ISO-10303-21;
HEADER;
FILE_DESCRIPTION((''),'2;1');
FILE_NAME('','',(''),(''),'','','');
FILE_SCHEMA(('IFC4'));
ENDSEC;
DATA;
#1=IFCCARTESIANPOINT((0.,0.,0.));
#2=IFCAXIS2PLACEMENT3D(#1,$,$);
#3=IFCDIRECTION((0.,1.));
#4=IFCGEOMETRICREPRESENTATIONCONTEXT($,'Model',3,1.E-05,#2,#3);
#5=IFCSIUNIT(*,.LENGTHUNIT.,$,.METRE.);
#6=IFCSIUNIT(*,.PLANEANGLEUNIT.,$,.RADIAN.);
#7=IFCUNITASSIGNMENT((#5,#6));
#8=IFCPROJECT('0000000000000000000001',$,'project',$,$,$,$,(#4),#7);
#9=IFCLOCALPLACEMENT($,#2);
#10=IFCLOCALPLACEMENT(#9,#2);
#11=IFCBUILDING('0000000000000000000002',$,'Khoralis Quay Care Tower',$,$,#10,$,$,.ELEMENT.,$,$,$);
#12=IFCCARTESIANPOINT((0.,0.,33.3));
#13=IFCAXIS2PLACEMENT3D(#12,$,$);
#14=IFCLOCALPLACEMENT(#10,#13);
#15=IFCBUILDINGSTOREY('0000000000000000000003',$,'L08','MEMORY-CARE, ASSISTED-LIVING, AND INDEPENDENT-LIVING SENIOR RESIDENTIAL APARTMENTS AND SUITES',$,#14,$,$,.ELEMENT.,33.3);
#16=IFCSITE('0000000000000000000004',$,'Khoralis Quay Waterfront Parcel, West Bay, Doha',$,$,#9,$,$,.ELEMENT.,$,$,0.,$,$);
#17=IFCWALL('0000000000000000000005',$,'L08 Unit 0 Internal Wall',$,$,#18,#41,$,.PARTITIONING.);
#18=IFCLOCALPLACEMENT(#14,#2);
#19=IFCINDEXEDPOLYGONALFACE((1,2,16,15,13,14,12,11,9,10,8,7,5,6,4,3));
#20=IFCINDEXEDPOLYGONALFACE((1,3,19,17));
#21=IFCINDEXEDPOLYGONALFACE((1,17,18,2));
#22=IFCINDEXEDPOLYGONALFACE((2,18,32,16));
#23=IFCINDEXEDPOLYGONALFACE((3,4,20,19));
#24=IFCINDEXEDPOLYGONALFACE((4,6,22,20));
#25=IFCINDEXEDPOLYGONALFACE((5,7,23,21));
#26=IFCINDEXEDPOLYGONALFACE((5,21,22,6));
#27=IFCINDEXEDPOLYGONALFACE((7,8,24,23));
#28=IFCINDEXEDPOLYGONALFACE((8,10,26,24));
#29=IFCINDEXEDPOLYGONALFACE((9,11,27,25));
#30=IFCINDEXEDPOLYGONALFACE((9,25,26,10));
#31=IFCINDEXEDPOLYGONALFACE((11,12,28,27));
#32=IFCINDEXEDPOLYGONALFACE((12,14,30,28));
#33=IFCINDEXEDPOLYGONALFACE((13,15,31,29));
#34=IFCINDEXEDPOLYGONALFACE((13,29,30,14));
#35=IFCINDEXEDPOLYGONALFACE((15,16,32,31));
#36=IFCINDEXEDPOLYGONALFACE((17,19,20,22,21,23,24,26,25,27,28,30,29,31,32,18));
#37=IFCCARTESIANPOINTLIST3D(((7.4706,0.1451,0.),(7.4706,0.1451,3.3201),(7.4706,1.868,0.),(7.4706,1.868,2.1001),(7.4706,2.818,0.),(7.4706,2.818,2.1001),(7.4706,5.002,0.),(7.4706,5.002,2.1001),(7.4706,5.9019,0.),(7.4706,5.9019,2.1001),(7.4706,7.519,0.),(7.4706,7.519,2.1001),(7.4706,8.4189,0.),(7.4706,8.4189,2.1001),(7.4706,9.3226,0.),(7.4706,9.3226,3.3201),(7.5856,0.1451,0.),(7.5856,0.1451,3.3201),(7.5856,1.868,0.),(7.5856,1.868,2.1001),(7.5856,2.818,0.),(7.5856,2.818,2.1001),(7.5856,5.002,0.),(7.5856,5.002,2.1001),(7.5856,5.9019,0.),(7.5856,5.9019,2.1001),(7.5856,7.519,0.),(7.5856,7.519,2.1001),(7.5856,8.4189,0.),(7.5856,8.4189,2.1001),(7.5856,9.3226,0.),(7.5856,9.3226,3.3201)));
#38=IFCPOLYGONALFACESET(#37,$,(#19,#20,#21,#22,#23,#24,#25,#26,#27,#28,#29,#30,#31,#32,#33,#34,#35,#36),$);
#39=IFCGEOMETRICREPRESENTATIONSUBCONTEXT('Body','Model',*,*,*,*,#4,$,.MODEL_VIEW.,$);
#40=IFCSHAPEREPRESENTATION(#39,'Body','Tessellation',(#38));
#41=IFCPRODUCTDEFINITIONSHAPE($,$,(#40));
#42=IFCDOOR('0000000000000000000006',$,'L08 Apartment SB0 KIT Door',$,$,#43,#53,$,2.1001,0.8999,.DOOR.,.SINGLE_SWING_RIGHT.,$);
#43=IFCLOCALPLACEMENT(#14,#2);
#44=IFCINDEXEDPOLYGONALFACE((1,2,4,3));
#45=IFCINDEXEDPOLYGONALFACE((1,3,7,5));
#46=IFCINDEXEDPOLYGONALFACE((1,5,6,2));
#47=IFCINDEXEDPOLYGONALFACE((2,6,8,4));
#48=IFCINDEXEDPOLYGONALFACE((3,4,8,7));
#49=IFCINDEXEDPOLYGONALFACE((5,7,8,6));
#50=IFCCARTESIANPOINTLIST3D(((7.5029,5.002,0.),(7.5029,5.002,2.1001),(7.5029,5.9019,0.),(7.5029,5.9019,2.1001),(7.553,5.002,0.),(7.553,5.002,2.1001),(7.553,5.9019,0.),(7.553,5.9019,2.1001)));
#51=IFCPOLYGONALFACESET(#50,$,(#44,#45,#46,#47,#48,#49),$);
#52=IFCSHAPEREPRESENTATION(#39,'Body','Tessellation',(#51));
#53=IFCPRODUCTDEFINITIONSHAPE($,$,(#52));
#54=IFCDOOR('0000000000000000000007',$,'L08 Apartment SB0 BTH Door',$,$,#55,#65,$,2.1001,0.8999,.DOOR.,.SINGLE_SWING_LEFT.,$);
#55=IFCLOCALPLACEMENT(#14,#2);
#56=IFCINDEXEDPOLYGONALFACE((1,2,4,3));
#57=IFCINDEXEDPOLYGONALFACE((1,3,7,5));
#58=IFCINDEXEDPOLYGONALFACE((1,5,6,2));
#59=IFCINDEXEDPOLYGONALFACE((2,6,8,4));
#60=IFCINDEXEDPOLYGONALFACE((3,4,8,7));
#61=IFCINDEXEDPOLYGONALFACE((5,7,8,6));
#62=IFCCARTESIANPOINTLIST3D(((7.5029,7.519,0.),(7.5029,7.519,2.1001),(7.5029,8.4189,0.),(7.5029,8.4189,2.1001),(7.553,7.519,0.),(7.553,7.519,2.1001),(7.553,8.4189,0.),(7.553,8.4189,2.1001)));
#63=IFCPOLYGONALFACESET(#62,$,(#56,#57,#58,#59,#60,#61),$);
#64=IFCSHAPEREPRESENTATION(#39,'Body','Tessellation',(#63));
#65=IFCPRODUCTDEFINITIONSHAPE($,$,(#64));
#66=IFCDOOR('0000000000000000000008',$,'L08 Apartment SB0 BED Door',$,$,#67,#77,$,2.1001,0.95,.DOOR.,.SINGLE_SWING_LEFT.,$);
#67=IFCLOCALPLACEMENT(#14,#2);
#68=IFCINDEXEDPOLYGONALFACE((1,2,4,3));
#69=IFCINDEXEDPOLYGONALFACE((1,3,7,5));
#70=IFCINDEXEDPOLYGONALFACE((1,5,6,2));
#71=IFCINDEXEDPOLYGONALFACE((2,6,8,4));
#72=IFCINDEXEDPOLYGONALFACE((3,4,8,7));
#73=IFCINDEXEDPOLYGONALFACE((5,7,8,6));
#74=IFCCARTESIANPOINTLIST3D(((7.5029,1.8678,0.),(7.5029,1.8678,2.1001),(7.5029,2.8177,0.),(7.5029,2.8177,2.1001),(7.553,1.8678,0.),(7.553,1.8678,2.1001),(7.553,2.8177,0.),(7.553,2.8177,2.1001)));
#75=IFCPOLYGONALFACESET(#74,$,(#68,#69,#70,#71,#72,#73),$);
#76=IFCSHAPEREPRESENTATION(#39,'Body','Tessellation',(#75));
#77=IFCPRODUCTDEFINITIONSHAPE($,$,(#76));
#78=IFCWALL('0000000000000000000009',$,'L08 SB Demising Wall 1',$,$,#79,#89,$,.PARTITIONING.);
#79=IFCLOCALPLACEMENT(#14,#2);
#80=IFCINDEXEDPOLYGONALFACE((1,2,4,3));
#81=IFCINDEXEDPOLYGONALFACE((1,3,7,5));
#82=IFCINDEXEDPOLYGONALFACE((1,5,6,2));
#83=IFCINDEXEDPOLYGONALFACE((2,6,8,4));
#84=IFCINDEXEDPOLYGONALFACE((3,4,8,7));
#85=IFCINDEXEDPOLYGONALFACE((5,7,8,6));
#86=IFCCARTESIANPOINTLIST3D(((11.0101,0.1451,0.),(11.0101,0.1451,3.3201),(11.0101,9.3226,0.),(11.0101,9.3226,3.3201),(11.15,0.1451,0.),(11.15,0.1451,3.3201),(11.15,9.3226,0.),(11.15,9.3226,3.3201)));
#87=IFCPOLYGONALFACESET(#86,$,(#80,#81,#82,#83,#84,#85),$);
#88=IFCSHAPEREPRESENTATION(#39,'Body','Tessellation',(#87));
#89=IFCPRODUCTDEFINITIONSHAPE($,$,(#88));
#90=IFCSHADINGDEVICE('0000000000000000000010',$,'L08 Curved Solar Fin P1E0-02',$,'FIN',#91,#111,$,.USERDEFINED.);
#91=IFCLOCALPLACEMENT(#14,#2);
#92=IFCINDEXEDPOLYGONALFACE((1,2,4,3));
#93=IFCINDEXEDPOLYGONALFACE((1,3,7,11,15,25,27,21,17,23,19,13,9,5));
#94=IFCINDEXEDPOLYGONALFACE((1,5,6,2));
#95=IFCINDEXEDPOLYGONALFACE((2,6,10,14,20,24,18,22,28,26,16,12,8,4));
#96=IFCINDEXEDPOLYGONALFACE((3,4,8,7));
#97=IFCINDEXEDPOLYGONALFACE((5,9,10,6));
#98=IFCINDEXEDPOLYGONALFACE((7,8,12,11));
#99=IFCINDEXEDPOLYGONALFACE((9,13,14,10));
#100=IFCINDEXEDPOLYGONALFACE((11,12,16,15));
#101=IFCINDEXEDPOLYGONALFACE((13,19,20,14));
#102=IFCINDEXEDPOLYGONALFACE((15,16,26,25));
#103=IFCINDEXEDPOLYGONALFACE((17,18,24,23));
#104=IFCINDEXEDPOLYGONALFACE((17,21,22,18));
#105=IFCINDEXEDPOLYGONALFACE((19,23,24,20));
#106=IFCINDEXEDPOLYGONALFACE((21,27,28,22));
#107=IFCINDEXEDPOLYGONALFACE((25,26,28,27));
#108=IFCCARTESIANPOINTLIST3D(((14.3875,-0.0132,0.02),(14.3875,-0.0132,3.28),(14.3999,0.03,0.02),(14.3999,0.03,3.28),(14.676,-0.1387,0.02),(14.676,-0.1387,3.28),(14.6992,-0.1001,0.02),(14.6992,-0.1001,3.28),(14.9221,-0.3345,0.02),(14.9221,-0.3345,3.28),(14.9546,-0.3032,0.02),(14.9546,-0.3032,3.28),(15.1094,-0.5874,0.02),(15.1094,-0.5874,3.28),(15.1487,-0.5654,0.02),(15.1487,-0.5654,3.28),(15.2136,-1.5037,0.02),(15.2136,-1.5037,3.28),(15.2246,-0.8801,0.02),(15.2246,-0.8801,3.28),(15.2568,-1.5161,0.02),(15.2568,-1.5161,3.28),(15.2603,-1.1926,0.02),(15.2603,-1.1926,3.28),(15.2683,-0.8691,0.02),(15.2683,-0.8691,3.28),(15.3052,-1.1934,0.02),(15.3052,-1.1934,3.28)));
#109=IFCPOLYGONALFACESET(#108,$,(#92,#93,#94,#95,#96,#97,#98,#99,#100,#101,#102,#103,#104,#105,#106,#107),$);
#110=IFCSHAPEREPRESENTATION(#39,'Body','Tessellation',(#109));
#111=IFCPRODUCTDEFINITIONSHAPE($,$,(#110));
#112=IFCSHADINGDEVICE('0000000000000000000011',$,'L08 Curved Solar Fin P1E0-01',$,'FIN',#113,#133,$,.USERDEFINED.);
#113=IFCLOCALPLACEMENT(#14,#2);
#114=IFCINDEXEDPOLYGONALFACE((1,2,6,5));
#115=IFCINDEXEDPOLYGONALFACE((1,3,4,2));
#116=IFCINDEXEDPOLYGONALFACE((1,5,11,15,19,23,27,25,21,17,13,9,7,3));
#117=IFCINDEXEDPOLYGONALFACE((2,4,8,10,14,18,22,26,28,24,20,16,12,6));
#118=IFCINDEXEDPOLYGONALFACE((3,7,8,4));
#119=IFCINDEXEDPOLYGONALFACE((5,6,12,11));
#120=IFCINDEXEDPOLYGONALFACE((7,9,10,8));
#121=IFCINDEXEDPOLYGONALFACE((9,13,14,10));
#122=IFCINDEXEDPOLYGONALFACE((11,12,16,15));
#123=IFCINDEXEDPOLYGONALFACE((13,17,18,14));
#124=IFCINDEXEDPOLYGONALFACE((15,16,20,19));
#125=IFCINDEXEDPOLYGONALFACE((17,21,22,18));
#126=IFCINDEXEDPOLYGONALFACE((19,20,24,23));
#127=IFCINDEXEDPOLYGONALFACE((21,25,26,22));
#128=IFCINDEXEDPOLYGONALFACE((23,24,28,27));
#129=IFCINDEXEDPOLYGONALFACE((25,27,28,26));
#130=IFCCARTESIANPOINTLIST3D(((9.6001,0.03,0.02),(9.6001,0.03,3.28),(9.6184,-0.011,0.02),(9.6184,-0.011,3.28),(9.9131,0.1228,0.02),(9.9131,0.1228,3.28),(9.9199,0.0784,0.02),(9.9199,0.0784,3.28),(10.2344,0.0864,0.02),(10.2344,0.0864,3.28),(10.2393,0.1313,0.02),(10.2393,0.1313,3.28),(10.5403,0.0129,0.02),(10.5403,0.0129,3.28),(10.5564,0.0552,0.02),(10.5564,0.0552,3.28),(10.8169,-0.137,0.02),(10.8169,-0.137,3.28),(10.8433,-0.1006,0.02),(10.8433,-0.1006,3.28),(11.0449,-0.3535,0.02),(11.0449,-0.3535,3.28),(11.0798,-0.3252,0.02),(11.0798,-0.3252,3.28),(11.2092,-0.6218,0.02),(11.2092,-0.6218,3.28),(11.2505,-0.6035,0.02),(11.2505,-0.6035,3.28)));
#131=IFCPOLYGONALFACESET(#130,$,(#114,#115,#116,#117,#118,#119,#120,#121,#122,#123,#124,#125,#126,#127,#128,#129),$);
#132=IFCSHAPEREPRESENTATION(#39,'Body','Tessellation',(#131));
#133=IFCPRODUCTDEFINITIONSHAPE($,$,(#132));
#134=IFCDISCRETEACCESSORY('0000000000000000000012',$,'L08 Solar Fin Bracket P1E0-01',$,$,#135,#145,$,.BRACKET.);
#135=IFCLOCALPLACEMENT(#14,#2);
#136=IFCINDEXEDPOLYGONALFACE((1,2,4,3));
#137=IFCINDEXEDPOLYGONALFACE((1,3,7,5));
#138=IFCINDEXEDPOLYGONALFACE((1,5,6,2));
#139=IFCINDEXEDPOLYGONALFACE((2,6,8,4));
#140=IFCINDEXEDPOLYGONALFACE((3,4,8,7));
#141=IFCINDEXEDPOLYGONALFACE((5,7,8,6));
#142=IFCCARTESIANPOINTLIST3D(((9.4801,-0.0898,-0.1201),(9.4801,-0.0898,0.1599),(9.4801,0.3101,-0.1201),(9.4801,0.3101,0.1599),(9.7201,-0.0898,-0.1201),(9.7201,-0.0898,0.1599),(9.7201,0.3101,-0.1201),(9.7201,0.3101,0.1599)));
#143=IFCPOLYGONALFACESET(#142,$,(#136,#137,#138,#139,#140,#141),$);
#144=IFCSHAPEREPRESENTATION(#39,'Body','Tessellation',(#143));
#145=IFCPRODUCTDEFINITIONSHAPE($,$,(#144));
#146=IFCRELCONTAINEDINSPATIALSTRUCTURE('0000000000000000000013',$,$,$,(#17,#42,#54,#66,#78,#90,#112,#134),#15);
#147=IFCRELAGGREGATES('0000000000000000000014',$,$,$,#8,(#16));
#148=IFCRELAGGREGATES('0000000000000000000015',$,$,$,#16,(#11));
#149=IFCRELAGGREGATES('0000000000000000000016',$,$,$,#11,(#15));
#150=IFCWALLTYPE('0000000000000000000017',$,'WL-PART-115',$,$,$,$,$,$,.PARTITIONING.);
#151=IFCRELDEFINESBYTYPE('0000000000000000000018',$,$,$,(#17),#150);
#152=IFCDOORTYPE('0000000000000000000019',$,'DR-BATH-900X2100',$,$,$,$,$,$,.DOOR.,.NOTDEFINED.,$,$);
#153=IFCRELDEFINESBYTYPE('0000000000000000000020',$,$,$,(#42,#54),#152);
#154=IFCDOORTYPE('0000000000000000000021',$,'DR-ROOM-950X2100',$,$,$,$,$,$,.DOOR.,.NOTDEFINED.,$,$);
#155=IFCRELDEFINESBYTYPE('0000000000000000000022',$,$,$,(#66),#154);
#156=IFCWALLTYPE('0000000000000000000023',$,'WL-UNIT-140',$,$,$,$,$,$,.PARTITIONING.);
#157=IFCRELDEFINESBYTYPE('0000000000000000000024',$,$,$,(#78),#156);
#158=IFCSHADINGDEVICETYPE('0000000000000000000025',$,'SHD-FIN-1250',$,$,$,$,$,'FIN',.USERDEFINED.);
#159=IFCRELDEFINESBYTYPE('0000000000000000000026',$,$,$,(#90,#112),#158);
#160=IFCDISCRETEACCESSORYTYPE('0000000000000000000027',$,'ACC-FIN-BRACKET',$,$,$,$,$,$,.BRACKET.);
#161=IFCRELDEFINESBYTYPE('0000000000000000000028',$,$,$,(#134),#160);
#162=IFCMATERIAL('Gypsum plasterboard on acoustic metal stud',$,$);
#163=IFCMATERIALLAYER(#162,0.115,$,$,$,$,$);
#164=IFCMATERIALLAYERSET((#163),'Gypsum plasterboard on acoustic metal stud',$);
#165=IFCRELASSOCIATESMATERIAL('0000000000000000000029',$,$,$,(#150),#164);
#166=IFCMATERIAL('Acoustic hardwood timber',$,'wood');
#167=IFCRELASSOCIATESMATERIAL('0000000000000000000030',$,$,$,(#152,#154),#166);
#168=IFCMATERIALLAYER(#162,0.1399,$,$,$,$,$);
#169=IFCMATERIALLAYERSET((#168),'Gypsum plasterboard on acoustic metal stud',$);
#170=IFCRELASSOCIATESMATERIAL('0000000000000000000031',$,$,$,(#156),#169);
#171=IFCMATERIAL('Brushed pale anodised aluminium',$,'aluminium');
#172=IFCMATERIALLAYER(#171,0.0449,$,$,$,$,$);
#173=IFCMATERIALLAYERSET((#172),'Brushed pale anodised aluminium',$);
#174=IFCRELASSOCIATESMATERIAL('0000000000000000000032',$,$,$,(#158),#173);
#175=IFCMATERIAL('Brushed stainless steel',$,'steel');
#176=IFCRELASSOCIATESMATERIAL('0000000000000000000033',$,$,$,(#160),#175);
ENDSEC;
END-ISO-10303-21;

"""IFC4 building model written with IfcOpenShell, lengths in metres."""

from ifc_helpers import new_model, si_unit, direction, frame, frame_2d, origin, origin_2d, place, context, subcontext, project, spatial, polyline, rectangle, outline, extrude, source, transform, mapped, material, layer, layer_set, type_object, element, fill, save


model = new_model("IFC4")

# Units and contexts
model_context = context("Model", 3, precision=1e-05, world=origin(), true_north=direction((0.0, 1.0)))
body_context = subcontext(model_context, "Body", "Model", "MODEL_VIEW")
ifc_project = project(units=[si_unit("LENGTHUNIT", "METRE"), si_unit("PLANEANGLEUNIT", "RADIAN")], contexts=[model_context])

# Site, building, storey
site_placement = place(None, origin())
site = spatial("IfcSite", under=ifc_project, at=site_placement, Name="Khoralis Quay Waterfront Parcel, West Bay, Doha", CompositionType="ELEMENT", RefElevation=0.0)
building_placement = place(site_placement, origin())
building = spatial("IfcBuilding", under=site, at=building_placement, Name="Khoralis Quay Care Tower", CompositionType="ELEMENT")
storey_placement = place(building_placement, frame((0.0, 0.0, 33.3)))
storey = spatial("IfcBuildingStorey", under=building, at=storey_placement, Name="L08", Description="MEMORY-CARE, ASSISTED-LIVING, AND INDEPENDENT-LIVING SENIOR RESIDENTIAL APARTMENTS AND SUITES", CompositionType="ELEMENT", Elevation=33.3)

# Wall, openings, doors
ifc_material_1 = material(Name="Gypsum plasterboard on acoustic metal stud")
ifc_layer_1 = layer(ifc_material_1, 0.115)
ifc_layer_set_1 = layer_set([ifc_layer_1], Name="Gypsum plasterboard on acoustic metal stud")
wall_type_1 = type_object("IfcWallType", Name="WL-PART-115", PredefinedType="PARTITIONING", material=ifc_layer_set_1)
wall_1_placement = place(storey_placement, frame((7.5281, 0.145, 0.0), z_axis=(0.0, 0.0, 1.0), x_axis=(0.0, 1.0, 0.0)))
wall_1 = element("IfcWall", 1, at=wall_1_placement, inside=storey, type_object=wall_type_1, Name="L08 Unit 0 Internal Wall", PredefinedType="PARTITIONING", context=body_context, shape_type="SweptSolid", body=[
    extrude(rectangle(XDim=9.1775, YDim=0.115, at=frame_2d((4.5889, 0.0))), origin(), (0.0, 0.0, 1.0), 3.3201),
])
opening_1_placement = place(wall_1_placement, frame((1.7229, 0.0, 0.0)))
opening_1 = element("IfcOpeningElement", 2, at=opening_1_placement, cuts=wall_1, PredefinedType="OPENING", context=body_context, shape_type="SweptSolid", body=[
    extrude(rectangle(XDim=0.95, YDim=2.1001, at=frame_2d((0.4751, 1.05))), frame((0.0, 0.0674, 0.0), z_axis=(0.0, -1.0, 0.0), x_axis=(1.0, 0.0, 0.0)), (0.0, 0.0, 1.0), 0.135),
])
opening_2_placement = place(wall_1_placement, frame((4.8569, 0.0, 0.0)))
opening_2 = element("IfcOpeningElement", 3, at=opening_2_placement, cuts=wall_1, PredefinedType="OPENING", context=body_context, shape_type="SweptSolid", body=[
    extrude(rectangle(XDim=0.8999, YDim=2.1001, at=frame_2d((0.45, 1.05))), frame((0.0, 0.0674, 0.0), z_axis=(0.0, -1.0, 0.0), x_axis=(1.0, 0.0, 0.0)), (0.0, 0.0, 1.0), 0.135),
])
opening_3_placement = place(wall_1_placement, frame((7.374, 0.0, 0.0)))
opening_3 = element("IfcOpeningElement", 4, at=opening_3_placement, cuts=wall_1, PredefinedType="OPENING", context=body_context, shape_type="SweptSolid", body=[
    extrude(rectangle(XDim=0.8999, YDim=2.1001, at=frame_2d((0.45, 1.05))), frame((0.0, 0.0674, 0.0), z_axis=(0.0, -1.0, 0.0), x_axis=(1.0, 0.0, 0.0)), (0.0, 0.0, 1.0), 0.135),
])
ifc_material_2 = material(Name="Acoustic hardwood timber", Category="wood")
door_type_1 = type_object("IfcDoorType", Name="DR-BATH-900X2100", OperationType="NOTDEFINED", PredefinedType="DOOR", material=ifc_material_2)
shared_shape_1 = source(origin(), body_context, "Body", "SweptSolid", [
    extrude(rectangle(XDim=0.8999, YDim=2.1001, at=frame_2d((0.45, 1.05))), frame((0.0, 0.0249, 0.0), z_axis=(0.0, -1.0, 0.0), x_axis=(1.0, 0.0, 0.0)), (0.0, 0.0, 1.0), 0.05),
])
door_1_placement = place(opening_2_placement, frame((0.8999, 0.0, 0.0), z_axis=(0.0, 0.0, 1.0), x_axis=(-1.0, 0.0, 0.0)))
door_1 = element("IfcDoor", 5, at=door_1_placement, inside=storey, type_object=door_type_1, Name="L08 Apartment SB0 KIT Door", OperationType="SINGLE_SWING_RIGHT", OverallHeight=2.1001, OverallWidth=0.8999, PredefinedType="DOOR", context=body_context, shape_type="MappedRepresentation", body=[
    mapped(shared_shape_1, transform((0.0, 0.0, 0.0), scale=1.0)),
])
fill(opening_2, door_1)
door_2_placement = place(opening_3_placement, frame((0.8999, 0.0, 0.0), z_axis=(0.0, 0.0, 1.0), x_axis=(-1.0, 0.0, 0.0)))
door_2 = element("IfcDoor", 6, at=door_2_placement, inside=storey, type_object=door_type_1, Name="L08 Apartment SB0 BTH Door", OperationType="SINGLE_SWING_LEFT", OverallHeight=2.1001, OverallWidth=0.8999, PredefinedType="DOOR", context=body_context, shape_type="MappedRepresentation", body=[
    mapped(shared_shape_1, transform((0.0, 0.0, 0.0), scale=1.0)),
])
fill(opening_3, door_2)
door_type_2 = type_object("IfcDoorType", Name="DR-ROOM-950X2100", OperationType="NOTDEFINED", PredefinedType="DOOR", material=ifc_material_2)
shared_shape_2 = source(origin(), body_context, "Body", "SweptSolid", [
    extrude(rectangle(XDim=0.95, YDim=2.1001, at=frame_2d((0.4751, 1.05))), frame((0.0, 0.0249, 0.0), z_axis=(0.0, -1.0, 0.0), x_axis=(1.0, 0.0, 0.0)), (0.0, 0.0, 1.0), 0.05),
])
door_3_placement = place(opening_1_placement, frame((0.95, 0.0, 0.0), z_axis=(0.0, 0.0, 1.0), x_axis=(-1.0, 0.0, 0.0)))
door_3 = element("IfcDoor", 7, at=door_3_placement, inside=storey, type_object=door_type_2, Name="L08 Apartment SB0 BED Door", OperationType="SINGLE_SWING_LEFT", OverallHeight=2.1001, OverallWidth=0.95, PredefinedType="DOOR", context=body_context, shape_type="MappedRepresentation", body=[
    mapped(shared_shape_2, transform((0.0, 0.0, 0.0), scale=1.0)),
])
fill(opening_1, door_3)

# Wall
ifc_layer_2 = layer(ifc_material_1, 0.1399)
ifc_layer_set_2 = layer_set([ifc_layer_2], Name="Gypsum plasterboard on acoustic metal stud")
wall_type_2 = type_object("IfcWallType", Name="WL-UNIT-140", PredefinedType="PARTITIONING", material=ifc_layer_set_2)
wall_2_placement = place(storey_placement, frame((11.0801, 0.145, 0.0), z_axis=(0.0, 0.0, 1.0), x_axis=(0.0, 1.0, 0.0)))
element("IfcWall", 8, at=wall_2_placement, inside=storey, type_object=wall_type_2, Name="L08 SB Demising Wall 1", PredefinedType="PARTITIONING", context=body_context, shape_type="SweptSolid", body=[
    extrude(rectangle(XDim=9.1775, YDim=0.1399, at=frame_2d((4.5889, 0.0))), origin(), (0.0, 0.0, 1.0), 3.3201),
])

# Shading devices
ifc_material_3 = material(Name="Brushed pale anodised aluminium", Category="aluminium")
ifc_layer_3 = layer(ifc_material_3, 0.0449)
ifc_layer_set_3 = layer_set([ifc_layer_3], Name="Brushed pale anodised aluminium")
shading_device_type = type_object("IfcShadingDeviceType", Name="SHD-FIN-1250", ElementType="FIN", PredefinedType="USERDEFINED", material=ifc_layer_set_3)
shared_shape_3 = source(origin(), body_context, "Body", "SweptSolid", [
    extrude(outline(polyline([(0.0, 0.0), (0.1301, 0.2993), (0.3333, 0.5547), (0.5955, 0.7488), (0.8992, 0.8684), (1.2234, 0.9053), (1.5461, 0.8569), (1.5337, 0.8137), (1.2227, 0.8604), (0.9102, 0.8247), (0.6174, 0.7095), (0.3645, 0.5222), (0.1687, 0.2761), (0.0432, -0.0125), (0.0, 0.0)])), origin(), (0.0, 0.0, 1.0), 3.26),
])
shading_device_1_placement = place(storey_placement, frame((14.3999, 0.03, 0.02), z_axis=(0.0, 0.0, 1.0), x_axis=(0.0, -1.0, 0.0)))
element("IfcShadingDevice", 9, at=shading_device_1_placement, inside=storey, type_object=shading_device_type, Name="L08 Curved Solar Fin P1E0-02", ObjectType="FIN", PredefinedType="USERDEFINED", context=body_context, shape_type="MappedRepresentation", body=[
    mapped(shared_shape_3, transform((0.0, 0.0, 0.0), scale=1.0)),
])
shared_shape_4 = source(origin(), body_context, "Body", "SweptSolid", [
    extrude(outline(polyline([(0.0, 0.0), (-0.0928, 0.313), (-0.1013, 0.6392), (-0.0251, 0.9563), (0.1306, 1.2432), (0.3552, 1.4797), (0.6335, 1.6504), (0.6519, 1.6091), (0.3835, 1.4448), (0.167, 1.2168), (0.0171, 0.9402), (-0.0564, 0.6343), (-0.0483, 0.3198), (0.041, 0.0183), (0.0, 0.0)])), origin(), (0.0, 0.0, 1.0), 3.26),
])
shading_device_2_placement = place(storey_placement, frame((9.6001, 0.03, 0.02), z_axis=(0.0, 0.0, 1.0), x_axis=(0.0, -1.0, 0.0)))
element("IfcShadingDevice", 10, at=shading_device_2_placement, inside=storey, type_object=shading_device_type, Name="L08 Curved Solar Fin P1E0-01", ObjectType="FIN", PredefinedType="USERDEFINED", context=body_context, shape_type="MappedRepresentation", body=[
    mapped(shared_shape_4, transform((0.0, 0.0, 0.0), scale=1.0)),
])

# Discrete accessory
ifc_material_4 = material(Name="Brushed stainless steel", Category="steel")
discrete_accessory_type = type_object("IfcDiscreteAccessoryType", Name="ACC-FIN-BRACKET", PredefinedType="BRACKET", material=ifc_material_4)
shared_shape_5 = source(origin(), body_context, "Body", "SweptSolid", [
    extrude(rectangle(XDim=0.3999, YDim=0.24, at=origin_2d()), origin(), (0.0, 0.0, 1.0), 0.28),
])
discrete_accessory_placement = place(storey_placement, frame((9.6001, 0.1101, -0.1201), z_axis=(0.0, 0.0, 1.0), x_axis=(0.0, -1.0, 0.0)))
element("IfcDiscreteAccessory", 11, at=discrete_accessory_placement, inside=storey, type_object=discrete_accessory_type, Name="L08 Solar Fin Bracket P1E0-01", PredefinedType="BRACKET", context=body_context, shape_type="MappedRepresentation", body=[
    mapped(shared_shape_5, transform((0.0, 0.0, 0.0), scale=1.0)),
])

save(model, "model.ifc")
